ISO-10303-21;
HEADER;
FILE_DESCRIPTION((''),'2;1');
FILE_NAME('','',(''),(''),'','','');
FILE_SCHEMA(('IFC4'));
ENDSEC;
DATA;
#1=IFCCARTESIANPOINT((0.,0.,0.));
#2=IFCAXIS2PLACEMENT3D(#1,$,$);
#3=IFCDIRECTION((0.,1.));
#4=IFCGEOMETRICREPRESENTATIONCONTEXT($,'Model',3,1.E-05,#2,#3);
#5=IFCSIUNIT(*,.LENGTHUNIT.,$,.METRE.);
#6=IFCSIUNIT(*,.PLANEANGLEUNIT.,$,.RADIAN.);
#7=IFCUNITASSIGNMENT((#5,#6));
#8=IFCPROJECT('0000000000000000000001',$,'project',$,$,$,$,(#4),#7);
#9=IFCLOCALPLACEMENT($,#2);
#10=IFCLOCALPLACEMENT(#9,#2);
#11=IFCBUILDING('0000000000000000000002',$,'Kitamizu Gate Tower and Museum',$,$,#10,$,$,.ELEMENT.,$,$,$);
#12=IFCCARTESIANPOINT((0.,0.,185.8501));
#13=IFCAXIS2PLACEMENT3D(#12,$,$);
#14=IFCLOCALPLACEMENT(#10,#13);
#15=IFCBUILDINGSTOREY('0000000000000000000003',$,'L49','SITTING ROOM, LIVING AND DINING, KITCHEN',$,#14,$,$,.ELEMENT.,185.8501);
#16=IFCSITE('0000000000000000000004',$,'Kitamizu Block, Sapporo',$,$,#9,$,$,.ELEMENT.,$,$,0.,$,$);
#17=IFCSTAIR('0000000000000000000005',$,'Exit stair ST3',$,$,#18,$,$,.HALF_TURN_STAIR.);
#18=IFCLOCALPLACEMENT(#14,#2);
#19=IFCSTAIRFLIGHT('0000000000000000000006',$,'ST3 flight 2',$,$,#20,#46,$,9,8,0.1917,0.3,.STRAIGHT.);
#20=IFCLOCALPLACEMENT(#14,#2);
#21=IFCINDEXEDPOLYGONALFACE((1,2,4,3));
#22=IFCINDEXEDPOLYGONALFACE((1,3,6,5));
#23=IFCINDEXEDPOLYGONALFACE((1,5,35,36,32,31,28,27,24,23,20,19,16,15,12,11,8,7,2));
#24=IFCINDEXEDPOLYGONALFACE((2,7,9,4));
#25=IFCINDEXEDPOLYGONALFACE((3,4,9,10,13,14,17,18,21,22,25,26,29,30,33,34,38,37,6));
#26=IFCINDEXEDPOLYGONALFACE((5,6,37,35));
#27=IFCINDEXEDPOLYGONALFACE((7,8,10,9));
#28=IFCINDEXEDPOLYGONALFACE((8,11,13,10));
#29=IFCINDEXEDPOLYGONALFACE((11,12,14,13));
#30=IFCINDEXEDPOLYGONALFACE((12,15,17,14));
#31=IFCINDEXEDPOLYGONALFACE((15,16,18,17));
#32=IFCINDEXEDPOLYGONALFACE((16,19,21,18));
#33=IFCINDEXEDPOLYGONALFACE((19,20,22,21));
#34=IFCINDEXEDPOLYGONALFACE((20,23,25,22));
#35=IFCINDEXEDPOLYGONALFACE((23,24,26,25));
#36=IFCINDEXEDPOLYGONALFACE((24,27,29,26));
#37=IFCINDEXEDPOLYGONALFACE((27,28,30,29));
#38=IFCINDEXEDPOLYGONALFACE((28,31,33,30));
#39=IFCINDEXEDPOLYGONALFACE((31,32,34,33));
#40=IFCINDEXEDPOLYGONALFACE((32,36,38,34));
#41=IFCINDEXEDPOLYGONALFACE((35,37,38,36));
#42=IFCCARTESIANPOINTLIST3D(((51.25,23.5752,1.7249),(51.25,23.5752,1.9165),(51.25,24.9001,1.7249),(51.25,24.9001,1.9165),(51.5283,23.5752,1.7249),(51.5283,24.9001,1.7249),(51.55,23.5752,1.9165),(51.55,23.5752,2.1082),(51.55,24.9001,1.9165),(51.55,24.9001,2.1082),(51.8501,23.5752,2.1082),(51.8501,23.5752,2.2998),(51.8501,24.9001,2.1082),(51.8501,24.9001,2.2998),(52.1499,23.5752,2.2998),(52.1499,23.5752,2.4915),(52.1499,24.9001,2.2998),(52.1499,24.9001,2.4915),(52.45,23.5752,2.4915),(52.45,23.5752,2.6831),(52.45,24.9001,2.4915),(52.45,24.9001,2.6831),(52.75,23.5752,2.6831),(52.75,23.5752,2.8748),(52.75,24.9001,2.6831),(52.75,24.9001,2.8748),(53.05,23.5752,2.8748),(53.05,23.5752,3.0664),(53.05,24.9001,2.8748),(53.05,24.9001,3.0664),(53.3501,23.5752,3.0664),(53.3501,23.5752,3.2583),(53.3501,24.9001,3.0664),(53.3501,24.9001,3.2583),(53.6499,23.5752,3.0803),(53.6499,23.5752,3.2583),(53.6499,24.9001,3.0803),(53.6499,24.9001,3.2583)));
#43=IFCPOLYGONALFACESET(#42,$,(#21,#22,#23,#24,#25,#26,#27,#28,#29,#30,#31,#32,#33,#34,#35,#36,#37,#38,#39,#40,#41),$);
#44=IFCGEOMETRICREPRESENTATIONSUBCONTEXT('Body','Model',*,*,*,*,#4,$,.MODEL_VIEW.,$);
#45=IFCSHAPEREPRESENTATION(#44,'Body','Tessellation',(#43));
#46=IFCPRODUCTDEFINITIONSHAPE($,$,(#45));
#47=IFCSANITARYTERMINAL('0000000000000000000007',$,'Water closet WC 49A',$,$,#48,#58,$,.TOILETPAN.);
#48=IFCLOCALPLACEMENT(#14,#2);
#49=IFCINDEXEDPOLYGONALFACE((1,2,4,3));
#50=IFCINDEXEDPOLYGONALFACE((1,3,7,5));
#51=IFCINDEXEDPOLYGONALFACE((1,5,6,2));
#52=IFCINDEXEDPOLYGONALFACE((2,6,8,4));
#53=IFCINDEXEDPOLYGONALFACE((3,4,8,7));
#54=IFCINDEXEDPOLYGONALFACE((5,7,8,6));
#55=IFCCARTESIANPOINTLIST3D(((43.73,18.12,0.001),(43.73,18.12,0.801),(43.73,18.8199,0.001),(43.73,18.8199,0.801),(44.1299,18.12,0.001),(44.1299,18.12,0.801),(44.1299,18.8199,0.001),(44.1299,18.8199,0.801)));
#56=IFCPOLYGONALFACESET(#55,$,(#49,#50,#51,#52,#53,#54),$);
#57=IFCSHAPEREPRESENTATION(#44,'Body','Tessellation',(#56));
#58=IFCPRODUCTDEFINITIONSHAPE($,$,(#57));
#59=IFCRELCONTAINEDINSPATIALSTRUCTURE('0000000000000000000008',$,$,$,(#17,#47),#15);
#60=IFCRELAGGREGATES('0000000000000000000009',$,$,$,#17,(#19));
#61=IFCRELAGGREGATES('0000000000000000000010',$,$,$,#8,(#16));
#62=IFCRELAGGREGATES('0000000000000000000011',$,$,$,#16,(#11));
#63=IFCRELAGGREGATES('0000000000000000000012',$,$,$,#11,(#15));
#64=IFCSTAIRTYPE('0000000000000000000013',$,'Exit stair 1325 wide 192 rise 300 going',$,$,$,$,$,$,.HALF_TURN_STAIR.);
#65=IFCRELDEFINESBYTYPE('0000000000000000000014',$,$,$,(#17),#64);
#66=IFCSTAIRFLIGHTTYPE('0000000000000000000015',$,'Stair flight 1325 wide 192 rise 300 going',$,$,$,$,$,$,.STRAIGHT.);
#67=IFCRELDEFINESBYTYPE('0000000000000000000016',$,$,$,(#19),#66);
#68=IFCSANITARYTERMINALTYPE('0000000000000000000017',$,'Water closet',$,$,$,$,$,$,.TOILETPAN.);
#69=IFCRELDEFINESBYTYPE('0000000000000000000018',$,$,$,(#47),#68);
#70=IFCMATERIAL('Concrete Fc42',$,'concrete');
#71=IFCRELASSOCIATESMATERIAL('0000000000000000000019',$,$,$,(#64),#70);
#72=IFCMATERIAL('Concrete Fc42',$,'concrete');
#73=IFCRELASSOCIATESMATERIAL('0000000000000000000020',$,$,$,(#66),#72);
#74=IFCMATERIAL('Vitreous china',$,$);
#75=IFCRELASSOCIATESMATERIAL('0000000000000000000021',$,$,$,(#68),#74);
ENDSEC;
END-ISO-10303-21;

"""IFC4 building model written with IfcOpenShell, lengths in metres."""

from ifc_helpers import new_model, si_unit, direction, frame, origin, origin_2d, place, context, subcontext, project, spatial, polyline, rectangle, outline, extrude, material, type_object, element, aggregate, save


model = new_model("IFC4")

# Units and contexts
model_context = context("Model", 3, precision=1e-05, world=origin(), true_north=direction((0.0, 1.0)))
body_context = subcontext(model_context, "Body", "Model", "MODEL_VIEW")
ifc_project = project(units=[si_unit("LENGTHUNIT", "METRE"), si_unit("PLANEANGLEUNIT", "RADIAN")], contexts=[model_context])

# Site, building, storey
site_placement = place(None, origin())
site = spatial("IfcSite", under=ifc_project, at=site_placement, Name="Kitamizu Block, Sapporo", CompositionType="ELEMENT", RefElevation=0.0)
building_placement = place(site_placement, origin())
building = spatial("IfcBuilding", under=site, at=building_placement, Name="Kitamizu Gate Tower and Museum", CompositionType="ELEMENT")
storey_placement = place(building_placement, frame((0.0, 0.0, 185.8501)))
storey = spatial("IfcBuildingStorey", under=building, at=storey_placement, Name="L49", Description="SITTING ROOM, LIVING AND DINING, KITCHEN", CompositionType="ELEMENT", Elevation=185.8501)

# Stair, stair flight
ifc_material_1 = material(Name="Concrete Fc42", Category="concrete")
stair_type = type_object("IfcStairType", Name="Exit stair 1325 wide 192 rise 300 going", PredefinedType="HALF_TURN_STAIR", material=ifc_material_1)
stair_placement = place(storey_placement, origin())
stair = element("IfcStair", 1, at=stair_placement, inside=storey, type_object=stair_type, Name="Exit stair ST3", PredefinedType="HALF_TURN_STAIR")
ifc_material_2 = material(Name="Concrete Fc42", Category="concrete")
stair_flight_type = type_object("IfcStairFlightType", Name="Stair flight 1325 wide 192 rise 300 going", PredefinedType="STRAIGHT", material=ifc_material_2)
stair_flight_placement = place(storey_placement, frame((51.25, 24.2375, 1.7249), z_axis=(0.0, 0.0, 1.0), x_axis=(1.0, 0.0, 0.0)))
stair_flight = element("IfcStairFlight", 2, at=stair_flight_placement, type_object=stair_flight_type, Name="ST3 flight 2", NumberOfRisers=9, NumberOfTreads=8, PredefinedType="STRAIGHT", RiserHeight=0.1917, TreadLength=0.3, context=body_context, shape_type="SweptSolid", body=[
    extrude(outline(polyline([(0.0, 0.0), (0.0, 0.1917), (0.3, 0.1917), (0.3, 0.3833), (0.6001, 0.3833), (0.6001, 0.575), (0.8999, 0.575), (0.8999, 0.7666), (1.2, 0.7666), (1.2, 0.9583), (1.5, 0.9583), (1.5, 1.1499), (1.8, 1.1499), (1.8, 1.3416), (2.1001, 1.3416), (2.1001, 1.5334), (2.3999, 1.5334), (2.3999, 1.7251), (2.3999, 1.3555), (0.2783, 0.0), (0.0, 0.0)])), frame((0.0, 0.6626, 0.0), z_axis=(0.0, -1.0, 0.0), x_axis=(1.0, 0.0, 0.0)), (0.0, 0.0, 1.0), 1.325),
])
aggregate(stair, [stair_flight])

# Sanitary terminal
ifc_material_3 = material(Name="Vitreous china")
sanitary_terminal_type = type_object("IfcSanitaryTerminalType", Name="Water closet", PredefinedType="TOILETPAN", material=ifc_material_3)
sanitary_terminal_placement = place(storey_placement, frame((43.9299, 18.47, 0.001), z_axis=(0.0, 0.0, 1.0), x_axis=(1.0, 0.0, 0.0)))
element("IfcSanitaryTerminal", 3, at=sanitary_terminal_placement, inside=storey, type_object=sanitary_terminal_type, Name="Water closet WC 49A", PredefinedType="TOILETPAN", context=body_context, shape_type="SweptSolid", body=[
    extrude(rectangle(XDim=0.3999, YDim=0.7, at=origin_2d()), origin(), (0.0, 0.0, 1.0), 0.8),
])

save(model, "model.ifc")
